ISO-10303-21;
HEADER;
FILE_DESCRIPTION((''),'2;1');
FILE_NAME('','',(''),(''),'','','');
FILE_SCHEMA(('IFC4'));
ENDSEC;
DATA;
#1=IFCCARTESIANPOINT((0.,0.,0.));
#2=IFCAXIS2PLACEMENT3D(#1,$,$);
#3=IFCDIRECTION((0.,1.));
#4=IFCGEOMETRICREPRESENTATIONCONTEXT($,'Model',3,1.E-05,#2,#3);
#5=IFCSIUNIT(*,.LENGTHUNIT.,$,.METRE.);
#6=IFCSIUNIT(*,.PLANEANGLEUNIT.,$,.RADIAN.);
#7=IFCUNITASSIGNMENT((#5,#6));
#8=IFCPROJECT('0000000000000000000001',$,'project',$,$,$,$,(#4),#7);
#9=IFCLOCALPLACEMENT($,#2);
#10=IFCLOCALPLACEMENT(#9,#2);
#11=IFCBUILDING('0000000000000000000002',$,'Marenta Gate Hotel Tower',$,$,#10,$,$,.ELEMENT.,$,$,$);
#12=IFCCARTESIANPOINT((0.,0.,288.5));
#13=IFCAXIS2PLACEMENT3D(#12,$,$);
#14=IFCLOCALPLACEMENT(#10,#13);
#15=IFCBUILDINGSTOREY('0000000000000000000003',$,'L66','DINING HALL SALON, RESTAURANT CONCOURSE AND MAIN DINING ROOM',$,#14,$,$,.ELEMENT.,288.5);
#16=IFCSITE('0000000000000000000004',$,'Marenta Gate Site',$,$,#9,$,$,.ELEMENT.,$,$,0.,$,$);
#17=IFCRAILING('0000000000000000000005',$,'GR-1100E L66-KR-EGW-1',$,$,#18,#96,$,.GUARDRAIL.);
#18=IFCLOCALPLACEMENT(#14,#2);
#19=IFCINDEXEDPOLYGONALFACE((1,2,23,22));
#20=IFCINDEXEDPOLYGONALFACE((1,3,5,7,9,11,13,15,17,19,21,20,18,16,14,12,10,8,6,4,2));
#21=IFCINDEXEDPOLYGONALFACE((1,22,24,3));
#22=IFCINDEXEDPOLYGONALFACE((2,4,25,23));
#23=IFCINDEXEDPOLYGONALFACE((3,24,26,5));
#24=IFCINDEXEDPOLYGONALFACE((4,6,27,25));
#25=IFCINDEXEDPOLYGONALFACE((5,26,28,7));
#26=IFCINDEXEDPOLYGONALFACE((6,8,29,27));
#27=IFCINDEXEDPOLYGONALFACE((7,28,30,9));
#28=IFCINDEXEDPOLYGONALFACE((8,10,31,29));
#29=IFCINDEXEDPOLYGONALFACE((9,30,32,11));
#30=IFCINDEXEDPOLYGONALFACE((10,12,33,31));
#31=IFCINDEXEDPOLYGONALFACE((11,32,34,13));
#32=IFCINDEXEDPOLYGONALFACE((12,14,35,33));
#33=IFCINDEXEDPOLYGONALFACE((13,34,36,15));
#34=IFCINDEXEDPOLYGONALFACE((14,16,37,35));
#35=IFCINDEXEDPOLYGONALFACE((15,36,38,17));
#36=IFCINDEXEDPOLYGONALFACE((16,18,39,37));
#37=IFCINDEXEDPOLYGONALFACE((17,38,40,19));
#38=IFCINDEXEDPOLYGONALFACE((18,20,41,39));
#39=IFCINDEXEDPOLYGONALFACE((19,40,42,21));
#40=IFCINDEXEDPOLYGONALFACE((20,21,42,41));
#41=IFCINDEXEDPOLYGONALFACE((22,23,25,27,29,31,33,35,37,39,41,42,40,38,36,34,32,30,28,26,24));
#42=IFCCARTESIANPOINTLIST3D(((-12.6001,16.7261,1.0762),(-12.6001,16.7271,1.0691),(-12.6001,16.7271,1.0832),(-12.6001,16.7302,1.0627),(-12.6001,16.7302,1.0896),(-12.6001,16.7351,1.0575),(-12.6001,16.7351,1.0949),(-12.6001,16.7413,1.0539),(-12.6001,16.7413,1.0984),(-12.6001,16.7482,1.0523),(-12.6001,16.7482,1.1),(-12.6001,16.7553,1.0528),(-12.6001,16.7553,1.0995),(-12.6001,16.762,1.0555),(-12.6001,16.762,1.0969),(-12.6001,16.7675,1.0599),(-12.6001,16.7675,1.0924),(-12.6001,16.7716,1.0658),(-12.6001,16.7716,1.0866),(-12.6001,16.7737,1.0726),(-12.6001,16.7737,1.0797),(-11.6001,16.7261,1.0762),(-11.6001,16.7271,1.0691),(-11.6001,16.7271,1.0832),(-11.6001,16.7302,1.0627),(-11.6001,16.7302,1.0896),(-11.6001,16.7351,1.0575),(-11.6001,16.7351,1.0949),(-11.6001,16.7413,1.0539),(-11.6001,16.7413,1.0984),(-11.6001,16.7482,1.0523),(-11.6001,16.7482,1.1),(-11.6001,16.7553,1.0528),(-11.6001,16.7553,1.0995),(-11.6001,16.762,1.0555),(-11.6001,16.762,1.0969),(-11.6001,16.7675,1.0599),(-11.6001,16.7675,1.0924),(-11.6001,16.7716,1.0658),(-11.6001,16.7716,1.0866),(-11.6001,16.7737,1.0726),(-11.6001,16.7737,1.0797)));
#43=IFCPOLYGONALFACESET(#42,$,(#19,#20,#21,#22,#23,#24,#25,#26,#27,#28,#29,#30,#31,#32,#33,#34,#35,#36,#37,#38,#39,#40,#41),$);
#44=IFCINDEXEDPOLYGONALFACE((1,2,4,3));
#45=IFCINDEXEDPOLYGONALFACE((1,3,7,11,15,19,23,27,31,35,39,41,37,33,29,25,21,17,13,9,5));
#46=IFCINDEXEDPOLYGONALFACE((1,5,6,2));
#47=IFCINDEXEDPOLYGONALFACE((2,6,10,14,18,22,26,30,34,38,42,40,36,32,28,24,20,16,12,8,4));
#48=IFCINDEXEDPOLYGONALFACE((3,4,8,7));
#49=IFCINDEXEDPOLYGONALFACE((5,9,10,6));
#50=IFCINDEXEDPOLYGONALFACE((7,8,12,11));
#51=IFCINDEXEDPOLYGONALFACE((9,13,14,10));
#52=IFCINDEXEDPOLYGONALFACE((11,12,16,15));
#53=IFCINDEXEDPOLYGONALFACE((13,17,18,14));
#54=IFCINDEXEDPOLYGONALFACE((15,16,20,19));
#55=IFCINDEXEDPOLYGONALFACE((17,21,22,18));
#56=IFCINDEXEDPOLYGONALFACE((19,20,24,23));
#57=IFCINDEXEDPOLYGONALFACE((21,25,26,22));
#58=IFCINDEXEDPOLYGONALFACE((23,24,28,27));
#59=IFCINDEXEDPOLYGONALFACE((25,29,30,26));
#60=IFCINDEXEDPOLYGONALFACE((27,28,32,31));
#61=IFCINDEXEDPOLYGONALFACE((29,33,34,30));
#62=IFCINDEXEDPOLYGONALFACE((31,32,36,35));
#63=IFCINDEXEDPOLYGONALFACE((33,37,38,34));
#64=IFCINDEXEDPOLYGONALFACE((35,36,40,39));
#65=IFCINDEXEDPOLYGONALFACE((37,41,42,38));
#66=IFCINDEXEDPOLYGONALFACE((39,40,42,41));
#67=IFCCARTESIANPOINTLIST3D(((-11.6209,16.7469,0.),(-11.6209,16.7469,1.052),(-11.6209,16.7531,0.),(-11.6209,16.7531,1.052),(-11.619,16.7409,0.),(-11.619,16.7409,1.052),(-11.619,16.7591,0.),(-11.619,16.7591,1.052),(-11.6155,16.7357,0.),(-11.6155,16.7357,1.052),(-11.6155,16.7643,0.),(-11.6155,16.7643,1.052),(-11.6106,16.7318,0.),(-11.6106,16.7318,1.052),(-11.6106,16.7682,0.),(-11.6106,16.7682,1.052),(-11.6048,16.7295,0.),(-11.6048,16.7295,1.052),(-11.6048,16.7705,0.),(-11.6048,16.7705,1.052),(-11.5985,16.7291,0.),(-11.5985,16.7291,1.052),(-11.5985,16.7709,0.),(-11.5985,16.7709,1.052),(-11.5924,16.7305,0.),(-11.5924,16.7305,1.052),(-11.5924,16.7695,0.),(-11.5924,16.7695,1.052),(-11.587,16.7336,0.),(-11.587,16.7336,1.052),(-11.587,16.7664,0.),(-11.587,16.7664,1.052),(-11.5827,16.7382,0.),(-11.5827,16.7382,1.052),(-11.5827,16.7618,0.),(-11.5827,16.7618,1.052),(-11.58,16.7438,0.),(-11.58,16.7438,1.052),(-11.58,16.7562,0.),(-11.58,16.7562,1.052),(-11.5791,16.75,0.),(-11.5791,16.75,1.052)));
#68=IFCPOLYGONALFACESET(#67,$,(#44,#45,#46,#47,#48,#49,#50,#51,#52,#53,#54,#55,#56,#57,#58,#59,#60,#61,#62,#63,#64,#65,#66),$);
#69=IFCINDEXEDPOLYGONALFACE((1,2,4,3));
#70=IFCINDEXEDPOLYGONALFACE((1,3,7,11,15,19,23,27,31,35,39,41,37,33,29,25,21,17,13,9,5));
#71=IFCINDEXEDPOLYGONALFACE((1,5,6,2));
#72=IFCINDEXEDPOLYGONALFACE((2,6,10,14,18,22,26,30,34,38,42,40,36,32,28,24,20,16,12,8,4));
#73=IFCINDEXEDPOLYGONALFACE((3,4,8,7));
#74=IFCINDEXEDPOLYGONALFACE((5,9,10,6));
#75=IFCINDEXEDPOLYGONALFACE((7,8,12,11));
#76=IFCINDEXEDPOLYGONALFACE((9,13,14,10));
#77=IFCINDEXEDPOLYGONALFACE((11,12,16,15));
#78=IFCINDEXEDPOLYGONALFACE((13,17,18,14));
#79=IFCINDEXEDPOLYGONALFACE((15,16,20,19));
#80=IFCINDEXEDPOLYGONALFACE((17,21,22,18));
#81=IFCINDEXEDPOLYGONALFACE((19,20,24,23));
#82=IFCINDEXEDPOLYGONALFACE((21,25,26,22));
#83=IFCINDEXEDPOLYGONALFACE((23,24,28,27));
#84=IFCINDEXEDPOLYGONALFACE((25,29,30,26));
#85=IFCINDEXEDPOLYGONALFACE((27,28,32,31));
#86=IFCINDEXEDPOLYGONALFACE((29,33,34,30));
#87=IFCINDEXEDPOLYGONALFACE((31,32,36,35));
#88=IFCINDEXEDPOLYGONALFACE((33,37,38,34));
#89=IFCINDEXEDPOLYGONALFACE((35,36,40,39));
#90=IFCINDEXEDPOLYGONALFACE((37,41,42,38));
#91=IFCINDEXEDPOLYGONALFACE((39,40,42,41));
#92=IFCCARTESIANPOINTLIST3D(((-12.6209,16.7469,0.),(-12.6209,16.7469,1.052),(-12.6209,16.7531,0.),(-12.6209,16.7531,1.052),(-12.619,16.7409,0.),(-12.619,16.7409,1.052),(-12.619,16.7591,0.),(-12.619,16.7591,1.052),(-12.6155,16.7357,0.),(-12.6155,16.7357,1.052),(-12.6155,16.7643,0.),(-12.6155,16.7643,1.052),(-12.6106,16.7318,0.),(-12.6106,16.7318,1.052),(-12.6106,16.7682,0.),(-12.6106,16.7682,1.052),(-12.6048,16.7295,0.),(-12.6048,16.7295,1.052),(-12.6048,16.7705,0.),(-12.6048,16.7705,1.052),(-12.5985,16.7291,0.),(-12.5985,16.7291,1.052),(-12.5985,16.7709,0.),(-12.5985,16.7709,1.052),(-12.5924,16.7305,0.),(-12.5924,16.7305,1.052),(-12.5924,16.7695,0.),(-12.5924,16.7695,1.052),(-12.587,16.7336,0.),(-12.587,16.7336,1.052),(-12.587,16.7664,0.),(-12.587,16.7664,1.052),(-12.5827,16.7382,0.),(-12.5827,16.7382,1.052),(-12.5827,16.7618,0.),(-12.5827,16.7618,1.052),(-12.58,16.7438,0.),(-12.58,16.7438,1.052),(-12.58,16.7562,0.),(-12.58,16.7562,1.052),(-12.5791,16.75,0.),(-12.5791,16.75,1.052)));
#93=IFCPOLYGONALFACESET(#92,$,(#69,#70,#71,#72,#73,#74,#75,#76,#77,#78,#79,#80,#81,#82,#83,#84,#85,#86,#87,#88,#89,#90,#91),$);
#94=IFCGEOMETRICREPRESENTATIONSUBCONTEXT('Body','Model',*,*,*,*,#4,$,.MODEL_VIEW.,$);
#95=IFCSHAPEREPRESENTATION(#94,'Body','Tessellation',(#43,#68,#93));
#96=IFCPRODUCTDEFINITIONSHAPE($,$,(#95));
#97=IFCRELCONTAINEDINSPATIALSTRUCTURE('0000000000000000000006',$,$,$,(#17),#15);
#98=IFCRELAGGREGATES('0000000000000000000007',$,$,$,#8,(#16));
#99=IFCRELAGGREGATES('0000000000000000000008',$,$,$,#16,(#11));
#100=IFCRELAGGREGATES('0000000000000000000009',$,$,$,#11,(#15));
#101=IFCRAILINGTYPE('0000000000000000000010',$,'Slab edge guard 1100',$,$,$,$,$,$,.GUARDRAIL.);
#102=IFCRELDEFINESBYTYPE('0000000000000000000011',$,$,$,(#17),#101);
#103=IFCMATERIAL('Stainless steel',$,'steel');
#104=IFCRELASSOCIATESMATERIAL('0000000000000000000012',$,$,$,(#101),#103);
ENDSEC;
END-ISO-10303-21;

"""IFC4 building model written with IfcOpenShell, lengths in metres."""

from ifc_helpers import new_model, si_unit, direction, frame, origin, origin_2d, place, context, subcontext, project, spatial, circle, extrude, material, type_object, element, save


model = new_model("IFC4")

# Units and contexts
model_context = context("Model", 3, precision=1e-05, world=origin(), true_north=direction((0.0, 1.0)))
body_context = subcontext(model_context, "Body", "Model", "MODEL_VIEW")
ifc_project = project(units=[si_unit("LENGTHUNIT", "METRE"), si_unit("PLANEANGLEUNIT", "RADIAN")], contexts=[model_context])

# Site, building, storey
site_placement = place(None, origin())
site = spatial("IfcSite", under=ifc_project, at=site_placement, Name="Marenta Gate Site", CompositionType="ELEMENT", RefElevation=0.0)
building_placement = place(site_placement, origin())
building = spatial("IfcBuilding", under=site, at=building_placement, Name="Marenta Gate Hotel Tower", CompositionType="ELEMENT")
storey_placement = place(building_placement, frame((0.0, 0.0, 288.5)))
storey = spatial("IfcBuildingStorey", under=building, at=storey_placement, Name="L66", Description="DINING HALL SALON, RESTAURANT CONCOURSE AND MAIN DINING ROOM", CompositionType="ELEMENT", Elevation=288.5)

# Railing
ifc_material_1 = material(Name="Stainless steel", Category="steel")
railing_type_1 = type_object("IfcRailingType", Name="Slab edge guard 1100", PredefinedType="GUARDRAIL", material=ifc_material_1)
railing_1_placement = place(storey_placement, frame((-11.6001, 16.75, 0.0)))
element("IfcRailing", 1, at=railing_1_placement, inside=storey, type_object=railing_type_1, Name="GR-1100E L66-KR-EGW-1", PredefinedType="GUARDRAIL", context=body_context, shape_type="SweptSolid", body=[
    extrude(circle(Radius=0.0239, at=origin_2d()), frame((0.0, 0.0, 1.0762), z_axis=(-1.0, 0.0, 0.0), x_axis=(0.0, -1.0, 0.0)), (0.0, 0.0, 1.0), 1.0),
    extrude(circle(Radius=0.021, at=origin_2d()), origin(), (0.0, 0.0, 1.0), 1.052),
    extrude(circle(Radius=0.021, at=origin_2d()), frame((-1.0, 0.0, 0.0)), (0.0, 0.0, 1.0), 1.052),
])

save(model, "model.ifc")
